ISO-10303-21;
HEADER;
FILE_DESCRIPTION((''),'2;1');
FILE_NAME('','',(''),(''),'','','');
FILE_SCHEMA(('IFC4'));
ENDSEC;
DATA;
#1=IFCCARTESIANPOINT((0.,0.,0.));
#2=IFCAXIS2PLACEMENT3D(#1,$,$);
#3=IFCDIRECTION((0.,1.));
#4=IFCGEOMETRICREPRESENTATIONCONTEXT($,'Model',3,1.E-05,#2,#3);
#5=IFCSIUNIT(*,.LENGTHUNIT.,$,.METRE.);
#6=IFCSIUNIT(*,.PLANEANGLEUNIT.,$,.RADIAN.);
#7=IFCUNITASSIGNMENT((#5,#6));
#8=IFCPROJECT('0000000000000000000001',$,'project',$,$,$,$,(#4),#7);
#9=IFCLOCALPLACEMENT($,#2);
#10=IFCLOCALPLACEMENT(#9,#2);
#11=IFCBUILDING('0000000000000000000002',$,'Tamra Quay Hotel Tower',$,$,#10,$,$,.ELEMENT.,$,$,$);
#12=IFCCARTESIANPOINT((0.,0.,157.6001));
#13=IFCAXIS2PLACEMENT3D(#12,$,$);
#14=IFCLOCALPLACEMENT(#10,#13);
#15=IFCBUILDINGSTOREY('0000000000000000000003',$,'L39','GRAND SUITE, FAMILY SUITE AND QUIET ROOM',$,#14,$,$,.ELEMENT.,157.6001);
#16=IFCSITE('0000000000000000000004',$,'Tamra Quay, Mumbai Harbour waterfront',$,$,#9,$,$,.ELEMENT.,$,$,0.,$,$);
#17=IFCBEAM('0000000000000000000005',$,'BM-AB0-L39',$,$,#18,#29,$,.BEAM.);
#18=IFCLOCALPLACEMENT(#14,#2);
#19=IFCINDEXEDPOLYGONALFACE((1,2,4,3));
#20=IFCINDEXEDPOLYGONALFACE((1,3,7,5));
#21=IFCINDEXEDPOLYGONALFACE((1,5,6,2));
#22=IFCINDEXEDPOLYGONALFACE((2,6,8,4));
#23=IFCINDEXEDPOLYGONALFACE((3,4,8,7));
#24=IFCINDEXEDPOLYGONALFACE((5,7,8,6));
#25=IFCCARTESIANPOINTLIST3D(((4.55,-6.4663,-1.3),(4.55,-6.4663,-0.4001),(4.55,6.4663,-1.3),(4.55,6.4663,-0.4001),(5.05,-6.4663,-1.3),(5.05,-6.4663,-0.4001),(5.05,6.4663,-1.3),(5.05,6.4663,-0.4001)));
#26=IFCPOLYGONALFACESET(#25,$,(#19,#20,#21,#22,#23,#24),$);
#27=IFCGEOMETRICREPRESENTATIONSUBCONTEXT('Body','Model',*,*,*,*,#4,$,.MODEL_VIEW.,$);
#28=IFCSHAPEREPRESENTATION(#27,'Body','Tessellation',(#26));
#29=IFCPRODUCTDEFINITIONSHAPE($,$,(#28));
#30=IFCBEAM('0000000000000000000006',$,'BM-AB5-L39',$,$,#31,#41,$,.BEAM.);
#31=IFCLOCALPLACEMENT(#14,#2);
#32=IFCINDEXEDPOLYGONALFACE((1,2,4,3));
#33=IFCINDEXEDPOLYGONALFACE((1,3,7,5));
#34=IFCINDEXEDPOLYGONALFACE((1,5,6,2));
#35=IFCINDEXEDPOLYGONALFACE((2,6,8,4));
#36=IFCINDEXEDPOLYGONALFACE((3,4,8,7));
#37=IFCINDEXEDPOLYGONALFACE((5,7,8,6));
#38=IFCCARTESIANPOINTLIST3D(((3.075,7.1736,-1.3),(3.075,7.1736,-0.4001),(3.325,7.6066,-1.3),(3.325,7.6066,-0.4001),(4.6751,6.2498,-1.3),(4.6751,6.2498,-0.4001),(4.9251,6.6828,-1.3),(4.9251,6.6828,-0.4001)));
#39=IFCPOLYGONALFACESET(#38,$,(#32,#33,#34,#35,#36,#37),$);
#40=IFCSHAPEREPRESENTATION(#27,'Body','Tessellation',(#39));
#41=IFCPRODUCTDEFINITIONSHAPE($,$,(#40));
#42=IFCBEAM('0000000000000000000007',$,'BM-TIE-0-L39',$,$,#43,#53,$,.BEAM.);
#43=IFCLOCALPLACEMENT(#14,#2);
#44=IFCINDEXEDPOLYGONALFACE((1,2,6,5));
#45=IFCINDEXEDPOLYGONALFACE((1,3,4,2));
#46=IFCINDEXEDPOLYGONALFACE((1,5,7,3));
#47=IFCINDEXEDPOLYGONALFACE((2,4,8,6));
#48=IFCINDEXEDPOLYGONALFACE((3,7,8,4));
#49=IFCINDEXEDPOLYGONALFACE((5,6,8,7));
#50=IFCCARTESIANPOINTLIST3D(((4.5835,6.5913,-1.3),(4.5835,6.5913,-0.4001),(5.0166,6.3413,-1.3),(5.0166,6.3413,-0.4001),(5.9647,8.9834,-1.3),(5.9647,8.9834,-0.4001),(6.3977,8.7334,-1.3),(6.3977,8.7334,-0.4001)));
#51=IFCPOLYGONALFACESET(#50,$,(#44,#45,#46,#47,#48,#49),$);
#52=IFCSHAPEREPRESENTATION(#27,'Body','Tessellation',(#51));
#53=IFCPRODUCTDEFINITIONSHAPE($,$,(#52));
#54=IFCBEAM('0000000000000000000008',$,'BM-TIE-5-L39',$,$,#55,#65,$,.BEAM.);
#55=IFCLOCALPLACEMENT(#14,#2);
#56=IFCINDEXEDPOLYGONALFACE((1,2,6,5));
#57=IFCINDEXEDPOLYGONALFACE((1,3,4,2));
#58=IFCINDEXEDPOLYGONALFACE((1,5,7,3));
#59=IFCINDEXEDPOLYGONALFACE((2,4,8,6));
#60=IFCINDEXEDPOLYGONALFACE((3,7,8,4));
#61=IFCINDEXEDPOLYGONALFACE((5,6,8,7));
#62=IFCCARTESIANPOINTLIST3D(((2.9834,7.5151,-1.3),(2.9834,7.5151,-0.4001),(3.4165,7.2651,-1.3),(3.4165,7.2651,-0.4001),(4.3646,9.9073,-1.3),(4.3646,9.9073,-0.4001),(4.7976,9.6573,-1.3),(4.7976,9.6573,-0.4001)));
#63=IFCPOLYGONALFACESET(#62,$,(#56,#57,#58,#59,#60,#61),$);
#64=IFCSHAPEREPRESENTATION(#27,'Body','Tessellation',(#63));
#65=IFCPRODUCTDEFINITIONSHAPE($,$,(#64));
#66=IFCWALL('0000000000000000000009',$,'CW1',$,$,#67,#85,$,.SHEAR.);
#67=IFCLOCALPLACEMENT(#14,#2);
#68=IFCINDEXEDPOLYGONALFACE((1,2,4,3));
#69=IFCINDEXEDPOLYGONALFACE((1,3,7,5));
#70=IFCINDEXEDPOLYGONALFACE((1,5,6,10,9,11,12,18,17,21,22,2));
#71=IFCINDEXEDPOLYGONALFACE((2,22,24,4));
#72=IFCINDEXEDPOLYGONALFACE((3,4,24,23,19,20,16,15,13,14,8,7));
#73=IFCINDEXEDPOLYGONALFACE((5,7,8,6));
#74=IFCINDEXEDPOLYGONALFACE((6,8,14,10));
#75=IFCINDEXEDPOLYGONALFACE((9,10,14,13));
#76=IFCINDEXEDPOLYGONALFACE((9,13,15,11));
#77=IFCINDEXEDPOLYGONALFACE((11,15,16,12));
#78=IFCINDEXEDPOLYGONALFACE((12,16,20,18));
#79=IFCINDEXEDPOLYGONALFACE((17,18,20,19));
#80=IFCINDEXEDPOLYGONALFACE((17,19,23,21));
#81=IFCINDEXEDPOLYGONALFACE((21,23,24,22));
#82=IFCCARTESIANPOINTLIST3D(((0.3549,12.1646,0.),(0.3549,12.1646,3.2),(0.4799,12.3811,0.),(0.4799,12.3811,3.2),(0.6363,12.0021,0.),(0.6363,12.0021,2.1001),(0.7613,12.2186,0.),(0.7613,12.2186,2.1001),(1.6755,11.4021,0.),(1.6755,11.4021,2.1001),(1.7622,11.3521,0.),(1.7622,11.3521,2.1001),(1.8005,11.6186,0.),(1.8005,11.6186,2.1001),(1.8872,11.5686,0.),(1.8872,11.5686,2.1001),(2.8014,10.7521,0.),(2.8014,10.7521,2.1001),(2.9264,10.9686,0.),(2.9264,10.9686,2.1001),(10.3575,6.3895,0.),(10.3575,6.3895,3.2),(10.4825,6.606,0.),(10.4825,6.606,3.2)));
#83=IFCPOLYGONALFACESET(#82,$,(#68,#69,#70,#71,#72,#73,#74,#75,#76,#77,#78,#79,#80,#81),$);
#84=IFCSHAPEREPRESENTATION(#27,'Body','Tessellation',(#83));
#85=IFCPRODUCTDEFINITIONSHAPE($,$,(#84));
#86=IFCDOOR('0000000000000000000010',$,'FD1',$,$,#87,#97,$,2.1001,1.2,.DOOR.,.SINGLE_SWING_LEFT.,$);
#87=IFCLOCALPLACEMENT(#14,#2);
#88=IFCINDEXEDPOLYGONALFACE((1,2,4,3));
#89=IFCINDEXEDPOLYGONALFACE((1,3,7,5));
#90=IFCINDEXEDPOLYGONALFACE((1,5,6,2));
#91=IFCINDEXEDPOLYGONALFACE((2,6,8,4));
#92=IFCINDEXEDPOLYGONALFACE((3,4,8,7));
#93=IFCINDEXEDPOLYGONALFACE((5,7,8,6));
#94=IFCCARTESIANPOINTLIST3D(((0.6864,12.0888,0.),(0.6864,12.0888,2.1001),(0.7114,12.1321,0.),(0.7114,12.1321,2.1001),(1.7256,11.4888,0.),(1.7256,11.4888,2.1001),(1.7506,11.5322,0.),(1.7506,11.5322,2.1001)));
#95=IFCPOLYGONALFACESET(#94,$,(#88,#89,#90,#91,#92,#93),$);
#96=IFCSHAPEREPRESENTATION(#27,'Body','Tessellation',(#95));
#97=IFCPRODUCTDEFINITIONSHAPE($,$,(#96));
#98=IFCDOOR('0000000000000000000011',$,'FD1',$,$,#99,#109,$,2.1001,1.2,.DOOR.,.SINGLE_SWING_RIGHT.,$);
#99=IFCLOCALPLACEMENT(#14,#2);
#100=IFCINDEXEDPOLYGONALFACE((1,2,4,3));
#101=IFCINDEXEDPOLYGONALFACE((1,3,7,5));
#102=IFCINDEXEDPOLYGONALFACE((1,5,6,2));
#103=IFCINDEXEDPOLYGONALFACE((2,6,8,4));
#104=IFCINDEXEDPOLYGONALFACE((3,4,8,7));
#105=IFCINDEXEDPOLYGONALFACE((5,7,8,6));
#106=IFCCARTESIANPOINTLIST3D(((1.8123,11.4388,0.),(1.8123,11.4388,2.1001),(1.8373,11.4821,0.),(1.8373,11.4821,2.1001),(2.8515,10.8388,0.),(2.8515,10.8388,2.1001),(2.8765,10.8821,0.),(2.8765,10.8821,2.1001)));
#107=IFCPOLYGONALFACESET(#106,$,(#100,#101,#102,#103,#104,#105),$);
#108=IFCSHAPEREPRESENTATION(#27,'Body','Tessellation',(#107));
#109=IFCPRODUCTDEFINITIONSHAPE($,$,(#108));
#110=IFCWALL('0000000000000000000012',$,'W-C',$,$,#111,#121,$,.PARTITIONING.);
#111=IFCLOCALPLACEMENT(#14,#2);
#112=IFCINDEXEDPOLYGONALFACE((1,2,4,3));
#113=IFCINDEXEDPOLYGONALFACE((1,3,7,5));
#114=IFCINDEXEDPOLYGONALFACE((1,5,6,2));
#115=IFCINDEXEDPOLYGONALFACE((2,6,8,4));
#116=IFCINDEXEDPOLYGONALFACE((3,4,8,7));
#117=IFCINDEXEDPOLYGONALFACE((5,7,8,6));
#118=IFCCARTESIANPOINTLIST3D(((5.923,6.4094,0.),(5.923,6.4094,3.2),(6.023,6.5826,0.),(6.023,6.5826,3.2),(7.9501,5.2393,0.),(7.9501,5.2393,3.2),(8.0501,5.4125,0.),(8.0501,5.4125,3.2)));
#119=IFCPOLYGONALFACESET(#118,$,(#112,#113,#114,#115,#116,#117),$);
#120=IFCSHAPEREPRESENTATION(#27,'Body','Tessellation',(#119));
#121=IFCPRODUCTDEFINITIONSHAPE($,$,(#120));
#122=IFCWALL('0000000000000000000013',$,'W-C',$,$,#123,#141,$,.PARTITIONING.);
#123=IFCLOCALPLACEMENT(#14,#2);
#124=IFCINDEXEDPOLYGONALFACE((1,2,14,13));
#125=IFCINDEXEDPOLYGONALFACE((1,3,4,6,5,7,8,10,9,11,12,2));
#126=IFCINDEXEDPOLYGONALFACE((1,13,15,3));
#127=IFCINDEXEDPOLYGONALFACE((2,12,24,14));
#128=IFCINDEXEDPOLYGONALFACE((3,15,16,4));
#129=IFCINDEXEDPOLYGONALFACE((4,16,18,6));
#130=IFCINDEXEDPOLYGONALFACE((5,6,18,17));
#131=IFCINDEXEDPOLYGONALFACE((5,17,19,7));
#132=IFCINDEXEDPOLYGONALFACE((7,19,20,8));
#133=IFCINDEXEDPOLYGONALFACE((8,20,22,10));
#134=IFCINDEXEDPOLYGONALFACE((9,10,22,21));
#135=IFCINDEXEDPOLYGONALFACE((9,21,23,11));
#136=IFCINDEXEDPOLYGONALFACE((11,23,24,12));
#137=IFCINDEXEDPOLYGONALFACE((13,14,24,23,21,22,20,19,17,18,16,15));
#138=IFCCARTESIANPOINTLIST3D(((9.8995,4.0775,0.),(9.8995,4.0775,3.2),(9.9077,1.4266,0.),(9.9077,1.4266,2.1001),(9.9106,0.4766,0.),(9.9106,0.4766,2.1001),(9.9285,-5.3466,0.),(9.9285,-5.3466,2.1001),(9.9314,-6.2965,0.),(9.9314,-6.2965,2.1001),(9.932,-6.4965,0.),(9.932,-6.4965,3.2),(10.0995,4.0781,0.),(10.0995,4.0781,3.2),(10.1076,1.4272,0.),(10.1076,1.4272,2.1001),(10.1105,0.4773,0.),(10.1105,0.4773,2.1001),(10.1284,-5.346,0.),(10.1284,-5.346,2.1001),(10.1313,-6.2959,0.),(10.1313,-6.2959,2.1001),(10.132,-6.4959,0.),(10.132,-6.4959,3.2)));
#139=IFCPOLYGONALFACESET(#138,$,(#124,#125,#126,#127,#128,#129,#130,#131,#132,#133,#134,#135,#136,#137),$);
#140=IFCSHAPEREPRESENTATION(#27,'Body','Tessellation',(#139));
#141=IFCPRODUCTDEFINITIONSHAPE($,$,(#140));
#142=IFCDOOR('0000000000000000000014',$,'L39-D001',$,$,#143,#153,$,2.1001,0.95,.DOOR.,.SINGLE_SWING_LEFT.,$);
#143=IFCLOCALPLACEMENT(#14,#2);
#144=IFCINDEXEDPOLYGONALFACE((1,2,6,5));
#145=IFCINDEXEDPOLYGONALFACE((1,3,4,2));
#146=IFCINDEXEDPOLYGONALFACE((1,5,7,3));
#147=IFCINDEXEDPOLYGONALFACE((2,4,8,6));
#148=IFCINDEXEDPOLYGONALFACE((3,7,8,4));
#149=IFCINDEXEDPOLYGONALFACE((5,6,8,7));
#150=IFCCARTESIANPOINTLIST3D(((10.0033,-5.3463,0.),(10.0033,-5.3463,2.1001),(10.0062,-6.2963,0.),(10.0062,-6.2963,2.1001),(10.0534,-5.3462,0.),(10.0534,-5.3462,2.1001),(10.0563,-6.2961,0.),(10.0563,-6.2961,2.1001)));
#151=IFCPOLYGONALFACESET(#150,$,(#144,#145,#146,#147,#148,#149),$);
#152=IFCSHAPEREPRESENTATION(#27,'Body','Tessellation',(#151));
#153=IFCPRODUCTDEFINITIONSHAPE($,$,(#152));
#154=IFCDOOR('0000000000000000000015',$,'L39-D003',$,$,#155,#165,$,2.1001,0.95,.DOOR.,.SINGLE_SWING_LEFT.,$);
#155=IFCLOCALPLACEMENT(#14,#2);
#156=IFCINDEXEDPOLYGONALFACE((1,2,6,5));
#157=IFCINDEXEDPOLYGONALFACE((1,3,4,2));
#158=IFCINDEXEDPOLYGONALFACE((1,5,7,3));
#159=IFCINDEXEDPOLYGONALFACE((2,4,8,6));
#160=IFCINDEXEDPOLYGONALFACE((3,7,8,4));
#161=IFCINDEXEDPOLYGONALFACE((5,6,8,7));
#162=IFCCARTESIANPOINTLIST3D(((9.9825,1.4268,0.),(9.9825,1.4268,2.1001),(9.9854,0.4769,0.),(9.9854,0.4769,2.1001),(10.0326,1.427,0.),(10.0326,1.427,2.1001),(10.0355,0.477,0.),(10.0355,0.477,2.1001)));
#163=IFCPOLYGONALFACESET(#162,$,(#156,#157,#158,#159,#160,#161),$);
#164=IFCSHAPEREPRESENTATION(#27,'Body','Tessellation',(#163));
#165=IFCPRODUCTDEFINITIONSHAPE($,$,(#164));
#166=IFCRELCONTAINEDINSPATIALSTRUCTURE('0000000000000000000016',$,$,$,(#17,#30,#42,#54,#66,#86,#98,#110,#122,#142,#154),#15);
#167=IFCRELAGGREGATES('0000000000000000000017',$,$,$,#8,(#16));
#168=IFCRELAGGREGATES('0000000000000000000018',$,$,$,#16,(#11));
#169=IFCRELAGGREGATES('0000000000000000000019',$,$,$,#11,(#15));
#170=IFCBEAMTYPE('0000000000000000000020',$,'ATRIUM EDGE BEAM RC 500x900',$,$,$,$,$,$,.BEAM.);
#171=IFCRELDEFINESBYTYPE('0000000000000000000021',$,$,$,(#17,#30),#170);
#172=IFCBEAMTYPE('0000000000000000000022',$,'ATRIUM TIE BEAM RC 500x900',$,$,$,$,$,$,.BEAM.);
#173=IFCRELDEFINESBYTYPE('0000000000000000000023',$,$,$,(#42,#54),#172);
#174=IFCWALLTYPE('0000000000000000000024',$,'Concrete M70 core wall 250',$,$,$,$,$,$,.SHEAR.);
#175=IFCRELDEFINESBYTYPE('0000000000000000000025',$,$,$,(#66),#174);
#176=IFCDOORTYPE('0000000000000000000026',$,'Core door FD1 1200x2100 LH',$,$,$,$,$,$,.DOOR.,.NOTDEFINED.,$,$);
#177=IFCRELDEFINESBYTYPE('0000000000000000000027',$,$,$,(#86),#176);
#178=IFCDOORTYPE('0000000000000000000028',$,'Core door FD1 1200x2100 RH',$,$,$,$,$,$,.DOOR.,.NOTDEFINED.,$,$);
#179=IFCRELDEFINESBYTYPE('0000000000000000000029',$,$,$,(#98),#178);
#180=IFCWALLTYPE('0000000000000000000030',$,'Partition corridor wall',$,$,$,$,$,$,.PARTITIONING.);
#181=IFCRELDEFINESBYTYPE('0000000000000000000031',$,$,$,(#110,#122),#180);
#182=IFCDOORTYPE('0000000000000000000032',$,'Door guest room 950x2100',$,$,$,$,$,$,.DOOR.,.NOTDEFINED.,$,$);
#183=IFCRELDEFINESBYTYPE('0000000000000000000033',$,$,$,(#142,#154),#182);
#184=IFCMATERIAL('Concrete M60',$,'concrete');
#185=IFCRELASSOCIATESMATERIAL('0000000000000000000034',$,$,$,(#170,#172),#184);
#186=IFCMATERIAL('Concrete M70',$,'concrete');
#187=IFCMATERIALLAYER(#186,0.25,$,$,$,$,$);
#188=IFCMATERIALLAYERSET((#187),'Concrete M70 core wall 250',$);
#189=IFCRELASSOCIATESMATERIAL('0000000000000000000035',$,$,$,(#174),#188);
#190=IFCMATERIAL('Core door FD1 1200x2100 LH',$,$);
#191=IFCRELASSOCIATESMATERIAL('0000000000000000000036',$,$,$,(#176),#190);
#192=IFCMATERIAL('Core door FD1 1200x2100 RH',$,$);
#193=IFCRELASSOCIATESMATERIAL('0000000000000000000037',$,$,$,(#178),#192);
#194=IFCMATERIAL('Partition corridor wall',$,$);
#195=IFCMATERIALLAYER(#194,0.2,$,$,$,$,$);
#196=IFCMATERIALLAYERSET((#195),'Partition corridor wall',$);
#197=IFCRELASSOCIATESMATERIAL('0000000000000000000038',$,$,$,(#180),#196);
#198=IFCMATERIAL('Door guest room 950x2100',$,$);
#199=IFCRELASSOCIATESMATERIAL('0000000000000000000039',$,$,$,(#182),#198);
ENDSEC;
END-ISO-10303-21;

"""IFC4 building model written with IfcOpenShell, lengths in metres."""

from ifc_helpers import new_model, si_unit, direction, frame, frame_2d, origin, origin_2d, place, context, subcontext, project, spatial, rectangle, extrude, material, layer, layer_set, material_profile, profile_set, type_object, element, fill, save


model = new_model("IFC4")

# Units and contexts
model_context = context("Model", 3, precision=1e-05, world=origin(), true_north=direction((0.0, 1.0)))
body_context = subcontext(model_context, "Body", "Model", "MODEL_VIEW")
ifc_project = project(units=[si_unit("LENGTHUNIT", "METRE"), si_unit("PLANEANGLEUNIT", "RADIAN")], contexts=[model_context])

# Site, building, storey
site_placement = place(None, origin())
site = spatial("IfcSite", under=ifc_project, at=site_placement, Name="Tamra Quay, Mumbai Harbour waterfront", CompositionType="ELEMENT", RefElevation=0.0)
building_placement = place(site_placement, origin())
building = spatial("IfcBuilding", under=site, at=building_placement, Name="Tamra Quay Hotel Tower", CompositionType="ELEMENT")
storey_placement = place(building_placement, frame((0.0, 0.0, 157.6001)))
storey = spatial("IfcBuildingStorey", under=building, at=storey_placement, Name="L39", Description="GRAND SUITE, FAMILY SUITE AND QUIET ROOM", CompositionType="ELEMENT", Elevation=157.6001)

# Beams
ifc_material_1 = material(Name="Concrete M60", Category="concrete")
ifc_material_profile_1 = material_profile(ifc_material_1, rectangle(XDim=0.5, YDim=0.8999, at=origin_2d()), Name="ATRIUM EDGE BEAM RC 500x900")
ifc_profile_set_1 = profile_set([ifc_material_profile_1], Name="Concrete M60")
beam_type_1 = type_object("IfcBeamType", Name="ATRIUM EDGE BEAM RC 500x900", PredefinedType="BEAM", material=ifc_profile_set_1)
beam_1_placement = place(storey_placement, frame((4.8, 6.4663, -0.8501), z_axis=(0.0, -1.0, 0.0), x_axis=(1.0, 0.0, 0.0)))
element("IfcBeam", 1, at=beam_1_placement, inside=storey, type_object=beam_type_1, Name="BM-AB0-L39", PredefinedType="BEAM", context=body_context, shape_type="SweptSolid", body=[
    extrude(rectangle(XDim=0.5, YDim=0.8999, at=origin_2d()), origin(), (0.0, 0.0, 1.0), 12.9326),
])
beam_2_placement = place(storey_placement, frame((3.2, 7.3901, -0.8501), z_axis=(0.866023, -0.500005, 0.0), x_axis=(0.500005, 0.866023, 0.0)))
element("IfcBeam", 2, at=beam_2_placement, inside=storey, type_object=beam_type_1, Name="BM-AB5-L39", PredefinedType="BEAM", context=body_context, shape_type="SweptSolid", body=[
    extrude(rectangle(XDim=0.5, YDim=0.8999, at=origin_2d()), origin(), (0.0, 0.0, 1.0), 1.8477),
])
ifc_material_profile_2 = material_profile(ifc_material_1, rectangle(XDim=0.5, YDim=0.8999, at=origin_2d()), Name="ATRIUM TIE BEAM RC 500x900")
ifc_profile_set_2 = profile_set([ifc_material_profile_2], Name="Concrete M60")
beam_type_2 = type_object("IfcBeamType", Name="ATRIUM TIE BEAM RC 500x900", PredefinedType="BEAM", material=ifc_profile_set_2)
for number, where, z_axis, x_axis, name in (
    (3, (4.8, 6.4663, -0.8501), (0.500008, 0.866021, 0.0), (-0.866021, 0.500008, 0.0), "BM-TIE-0-L39"),
    (4, (3.2, 7.3901, -0.8501), (0.500008, 0.866021, 0.0), (-0.866021, 0.500008, 0.0), "BM-TIE-5-L39"),
):
    element("IfcBeam", number, at=place(storey_placement, frame(where, z_axis=z_axis, x_axis=x_axis)), inside=storey, type_object=beam_type_2, Name=name, PredefinedType="BEAM", context=body_context, shape_type="SweptSolid", body=[
        extrude(rectangle(XDim=0.5, YDim=0.8999, at=origin_2d()), origin(), (0.0, 0.0, 1.0), 2.7622),
    ])

# Wall, openings, doors
ifc_material_2 = material(Name="Concrete M70", Category="concrete")
ifc_layer_1 = layer(ifc_material_2, 0.25)
ifc_layer_set_1 = layer_set([ifc_layer_1], Name="Concrete M70 core wall 250")
wall_type_1 = type_object("IfcWallType", Name="Concrete M70 core wall 250", PredefinedType="SHEAR", material=ifc_layer_set_1)
wall_1_placement = place(storey_placement, frame((10.4199, 6.4978, 0.0), z_axis=(0.0, 0.0, 1.0), x_axis=(-0.866022, 0.500006, 0.0)))
wall_1 = element("IfcWall", 5, at=wall_1_placement, inside=storey, type_object=wall_type_1, Name="CW1", PredefinedType="SHEAR", context=body_context, shape_type="SweptSolid", body=[
    extrude(rectangle(XDim=11.55, YDim=0.25, at=frame_2d((5.7749, 0.0))), origin(), (0.0, 0.0, 1.0), 3.2),
])
opening_1_placement = place(wall_1_placement, frame((10.0249, 0.0, 0.0)))
opening_1 = element("IfcOpeningElement", 6, at=opening_1_placement, cuts=wall_1, PredefinedType="OPENING", context=body_context, shape_type="SweptSolid", body=[
    extrude(rectangle(XDim=1.2, YDim=2.1001, at=frame_2d((0.6001, 1.05))), frame((0.0, 0.135, 0.0), z_axis=(0.0, -1.0, 0.0), x_axis=(1.0, 0.0, 0.0)), (0.0, 0.0, 1.0), 0.27),
])
opening_2_placement = place(wall_1_placement, frame((8.7249, 0.0, 0.0)))
opening_2 = element("IfcOpeningElement", 7, at=opening_2_placement, cuts=wall_1, PredefinedType="OPENING", context=body_context, shape_type="SweptSolid", body=[
    extrude(rectangle(XDim=1.2, YDim=2.1001, at=frame_2d((0.6001, 1.05))), frame((0.0, 0.135, 0.0), z_axis=(0.0, -1.0, 0.0), x_axis=(1.0, 0.0, 0.0)), (0.0, 0.0, 1.0), 0.27),
])
ifc_material_3 = material(Name="Core door FD1 1200x2100 LH")
door_type_1 = type_object("IfcDoorType", Name="Core door FD1 1200x2100 LH", OperationType="NOTDEFINED", PredefinedType="DOOR", material=ifc_material_3)
door_1_placement = place(opening_1_placement, origin())
door_1 = element("IfcDoor", 8, at=door_1_placement, inside=storey, type_object=door_type_1, Name="FD1", OperationType="SINGLE_SWING_LEFT", OverallHeight=2.1001, OverallWidth=1.2, PredefinedType="DOOR", context=body_context, shape_type="SweptSolid", body=[
    extrude(rectangle(XDim=1.2, YDim=2.1001, at=frame_2d((0.6001, 1.05))), frame((0.0, 0.0249, 0.0), z_axis=(0.0, -1.0, 0.0), x_axis=(1.0, 0.0, 0.0)), (0.0, 0.0, 1.0), 0.05),
])
fill(opening_1, door_1)
ifc_material_4 = material(Name="Core door FD1 1200x2100 RH")
door_type_2 = type_object("IfcDoorType", Name="Core door FD1 1200x2100 RH", OperationType="NOTDEFINED", PredefinedType="DOOR", material=ifc_material_4)
door_2_placement = place(opening_2_placement, origin())
door_2 = element("IfcDoor", 9, at=door_2_placement, inside=storey, type_object=door_type_2, Name="FD1", OperationType="SINGLE_SWING_RIGHT", OverallHeight=2.1001, OverallWidth=1.2, PredefinedType="DOOR", context=body_context, shape_type="SweptSolid", body=[
    extrude(rectangle(XDim=1.2, YDim=2.1001, at=frame_2d((0.6001, 1.05))), frame((0.0, 0.0249, 0.0), z_axis=(0.0, -1.0, 0.0), x_axis=(1.0, 0.0, 0.0)), (0.0, 0.0, 1.0), 0.05),
])
fill(opening_2, door_2)

# Wall
ifc_material_5 = material(Name="Partition corridor wall")
ifc_layer_2 = layer(ifc_material_5, 0.2)
ifc_layer_set_2 = layer_set([ifc_layer_2], Name="Partition corridor wall")
wall_type_2 = type_object("IfcWallType", Name="Partition corridor wall", PredefinedType="PARTITIONING", material=ifc_layer_set_2)
wall_2_placement = place(storey_placement, frame((5.9729, 6.4961, 0.0), z_axis=(0.0, 0.0, 1.0), x_axis=(0.866059, -0.499942, 0.0)))
element("IfcWall", 10, at=wall_2_placement, inside=storey, type_object=wall_type_2, Name="W-C", PredefinedType="PARTITIONING", context=body_context, shape_type="SweptSolid", body=[
    extrude(rectangle(XDim=2.3406, YDim=0.2, at=frame_2d((1.1704, 0.0))), origin(), (0.0, 0.0, 1.0), 3.2),
])

# Wall, openings, doors
wall_3_placement = place(storey_placement, frame((9.9995, 4.0779, 0.0), z_axis=(0.0, 0.0, 1.0), x_axis=(0.003071, -0.999995, 0.0)))
wall_3 = element("IfcWall", 11, at=wall_3_placement, inside=storey, type_object=wall_type_2, Name="W-C", PredefinedType="PARTITIONING", context=body_context, shape_type="SweptSolid", body=[
    extrude(rectangle(XDim=10.574, YDim=0.2, at=frame_2d((5.2871, 0.0))), origin(), (0.0, 0.0, 1.0), 3.2),
])
opening_3_placement = place(wall_3_placement, frame((9.4241, 0.0, 0.0)))
opening_3 = element("IfcOpeningElement", 12, at=opening_3_placement, cuts=wall_3, PredefinedType="OPENING", context=body_context, shape_type="SweptSolid", body=[
    extrude(rectangle(XDim=0.95, YDim=2.1001, at=frame_2d((0.4751, 1.05))), frame((0.0, 0.1099, 0.0), z_axis=(0.0, -1.0, 0.0), x_axis=(1.0, 0.0, 0.0)), (0.0, 0.0, 1.0), 0.22),
])
opening_4_placement = place(wall_3_placement, frame((2.6509, 0.0, 0.0)))
opening_4 = element("IfcOpeningElement", 13, at=opening_4_placement, cuts=wall_3, PredefinedType="OPENING", context=body_context, shape_type="SweptSolid", body=[
    extrude(rectangle(XDim=0.95, YDim=2.1001, at=frame_2d((0.4751, 1.05))), frame((0.0, 0.1099, 0.0), z_axis=(0.0, -1.0, 0.0), x_axis=(1.0, 0.0, 0.0)), (0.0, 0.0, 1.0), 0.22),
])
ifc_material_6 = material(Name="Door guest room 950x2100")
door_type_3 = type_object("IfcDoorType", Name="Door guest room 950x2100", OperationType="NOTDEFINED", PredefinedType="DOOR", material=ifc_material_6)
door_3_placement = place(opening_3_placement, origin())
door_3 = element("IfcDoor", 14, at=door_3_placement, inside=storey, type_object=door_type_3, Name="L39-D001", OperationType="SINGLE_SWING_LEFT", OverallHeight=2.1001, OverallWidth=0.95, PredefinedType="DOOR", context=body_context, shape_type="SweptSolid", body=[
    extrude(rectangle(XDim=0.95, YDim=2.1001, at=frame_2d((0.4751, 1.05))), frame((0.0, 0.0249, 0.0), z_axis=(0.0, -1.0, 0.0), x_axis=(1.0, 0.0, 0.0)), (0.0, 0.0, 1.0), 0.05),
])
fill(opening_3, door_3)
door_4_placement = place(opening_4_placement, origin())
door_4 = element("IfcDoor", 15, at=door_4_placement, inside=storey, type_object=door_type_3, Name="L39-D003", OperationType="SINGLE_SWING_LEFT", OverallHeight=2.1001, OverallWidth=0.95, PredefinedType="DOOR", context=body_context, shape_type="SweptSolid", body=[
    extrude(rectangle(XDim=0.95, YDim=2.1001, at=frame_2d((0.4751, 1.05))), frame((0.0, 0.0249, 0.0), z_axis=(0.0, -1.0, 0.0), x_axis=(1.0, 0.0, 0.0)), (0.0, 0.0, 1.0), 0.05),
])
fill(opening_4, door_4)

save(model, "model.ifc")
